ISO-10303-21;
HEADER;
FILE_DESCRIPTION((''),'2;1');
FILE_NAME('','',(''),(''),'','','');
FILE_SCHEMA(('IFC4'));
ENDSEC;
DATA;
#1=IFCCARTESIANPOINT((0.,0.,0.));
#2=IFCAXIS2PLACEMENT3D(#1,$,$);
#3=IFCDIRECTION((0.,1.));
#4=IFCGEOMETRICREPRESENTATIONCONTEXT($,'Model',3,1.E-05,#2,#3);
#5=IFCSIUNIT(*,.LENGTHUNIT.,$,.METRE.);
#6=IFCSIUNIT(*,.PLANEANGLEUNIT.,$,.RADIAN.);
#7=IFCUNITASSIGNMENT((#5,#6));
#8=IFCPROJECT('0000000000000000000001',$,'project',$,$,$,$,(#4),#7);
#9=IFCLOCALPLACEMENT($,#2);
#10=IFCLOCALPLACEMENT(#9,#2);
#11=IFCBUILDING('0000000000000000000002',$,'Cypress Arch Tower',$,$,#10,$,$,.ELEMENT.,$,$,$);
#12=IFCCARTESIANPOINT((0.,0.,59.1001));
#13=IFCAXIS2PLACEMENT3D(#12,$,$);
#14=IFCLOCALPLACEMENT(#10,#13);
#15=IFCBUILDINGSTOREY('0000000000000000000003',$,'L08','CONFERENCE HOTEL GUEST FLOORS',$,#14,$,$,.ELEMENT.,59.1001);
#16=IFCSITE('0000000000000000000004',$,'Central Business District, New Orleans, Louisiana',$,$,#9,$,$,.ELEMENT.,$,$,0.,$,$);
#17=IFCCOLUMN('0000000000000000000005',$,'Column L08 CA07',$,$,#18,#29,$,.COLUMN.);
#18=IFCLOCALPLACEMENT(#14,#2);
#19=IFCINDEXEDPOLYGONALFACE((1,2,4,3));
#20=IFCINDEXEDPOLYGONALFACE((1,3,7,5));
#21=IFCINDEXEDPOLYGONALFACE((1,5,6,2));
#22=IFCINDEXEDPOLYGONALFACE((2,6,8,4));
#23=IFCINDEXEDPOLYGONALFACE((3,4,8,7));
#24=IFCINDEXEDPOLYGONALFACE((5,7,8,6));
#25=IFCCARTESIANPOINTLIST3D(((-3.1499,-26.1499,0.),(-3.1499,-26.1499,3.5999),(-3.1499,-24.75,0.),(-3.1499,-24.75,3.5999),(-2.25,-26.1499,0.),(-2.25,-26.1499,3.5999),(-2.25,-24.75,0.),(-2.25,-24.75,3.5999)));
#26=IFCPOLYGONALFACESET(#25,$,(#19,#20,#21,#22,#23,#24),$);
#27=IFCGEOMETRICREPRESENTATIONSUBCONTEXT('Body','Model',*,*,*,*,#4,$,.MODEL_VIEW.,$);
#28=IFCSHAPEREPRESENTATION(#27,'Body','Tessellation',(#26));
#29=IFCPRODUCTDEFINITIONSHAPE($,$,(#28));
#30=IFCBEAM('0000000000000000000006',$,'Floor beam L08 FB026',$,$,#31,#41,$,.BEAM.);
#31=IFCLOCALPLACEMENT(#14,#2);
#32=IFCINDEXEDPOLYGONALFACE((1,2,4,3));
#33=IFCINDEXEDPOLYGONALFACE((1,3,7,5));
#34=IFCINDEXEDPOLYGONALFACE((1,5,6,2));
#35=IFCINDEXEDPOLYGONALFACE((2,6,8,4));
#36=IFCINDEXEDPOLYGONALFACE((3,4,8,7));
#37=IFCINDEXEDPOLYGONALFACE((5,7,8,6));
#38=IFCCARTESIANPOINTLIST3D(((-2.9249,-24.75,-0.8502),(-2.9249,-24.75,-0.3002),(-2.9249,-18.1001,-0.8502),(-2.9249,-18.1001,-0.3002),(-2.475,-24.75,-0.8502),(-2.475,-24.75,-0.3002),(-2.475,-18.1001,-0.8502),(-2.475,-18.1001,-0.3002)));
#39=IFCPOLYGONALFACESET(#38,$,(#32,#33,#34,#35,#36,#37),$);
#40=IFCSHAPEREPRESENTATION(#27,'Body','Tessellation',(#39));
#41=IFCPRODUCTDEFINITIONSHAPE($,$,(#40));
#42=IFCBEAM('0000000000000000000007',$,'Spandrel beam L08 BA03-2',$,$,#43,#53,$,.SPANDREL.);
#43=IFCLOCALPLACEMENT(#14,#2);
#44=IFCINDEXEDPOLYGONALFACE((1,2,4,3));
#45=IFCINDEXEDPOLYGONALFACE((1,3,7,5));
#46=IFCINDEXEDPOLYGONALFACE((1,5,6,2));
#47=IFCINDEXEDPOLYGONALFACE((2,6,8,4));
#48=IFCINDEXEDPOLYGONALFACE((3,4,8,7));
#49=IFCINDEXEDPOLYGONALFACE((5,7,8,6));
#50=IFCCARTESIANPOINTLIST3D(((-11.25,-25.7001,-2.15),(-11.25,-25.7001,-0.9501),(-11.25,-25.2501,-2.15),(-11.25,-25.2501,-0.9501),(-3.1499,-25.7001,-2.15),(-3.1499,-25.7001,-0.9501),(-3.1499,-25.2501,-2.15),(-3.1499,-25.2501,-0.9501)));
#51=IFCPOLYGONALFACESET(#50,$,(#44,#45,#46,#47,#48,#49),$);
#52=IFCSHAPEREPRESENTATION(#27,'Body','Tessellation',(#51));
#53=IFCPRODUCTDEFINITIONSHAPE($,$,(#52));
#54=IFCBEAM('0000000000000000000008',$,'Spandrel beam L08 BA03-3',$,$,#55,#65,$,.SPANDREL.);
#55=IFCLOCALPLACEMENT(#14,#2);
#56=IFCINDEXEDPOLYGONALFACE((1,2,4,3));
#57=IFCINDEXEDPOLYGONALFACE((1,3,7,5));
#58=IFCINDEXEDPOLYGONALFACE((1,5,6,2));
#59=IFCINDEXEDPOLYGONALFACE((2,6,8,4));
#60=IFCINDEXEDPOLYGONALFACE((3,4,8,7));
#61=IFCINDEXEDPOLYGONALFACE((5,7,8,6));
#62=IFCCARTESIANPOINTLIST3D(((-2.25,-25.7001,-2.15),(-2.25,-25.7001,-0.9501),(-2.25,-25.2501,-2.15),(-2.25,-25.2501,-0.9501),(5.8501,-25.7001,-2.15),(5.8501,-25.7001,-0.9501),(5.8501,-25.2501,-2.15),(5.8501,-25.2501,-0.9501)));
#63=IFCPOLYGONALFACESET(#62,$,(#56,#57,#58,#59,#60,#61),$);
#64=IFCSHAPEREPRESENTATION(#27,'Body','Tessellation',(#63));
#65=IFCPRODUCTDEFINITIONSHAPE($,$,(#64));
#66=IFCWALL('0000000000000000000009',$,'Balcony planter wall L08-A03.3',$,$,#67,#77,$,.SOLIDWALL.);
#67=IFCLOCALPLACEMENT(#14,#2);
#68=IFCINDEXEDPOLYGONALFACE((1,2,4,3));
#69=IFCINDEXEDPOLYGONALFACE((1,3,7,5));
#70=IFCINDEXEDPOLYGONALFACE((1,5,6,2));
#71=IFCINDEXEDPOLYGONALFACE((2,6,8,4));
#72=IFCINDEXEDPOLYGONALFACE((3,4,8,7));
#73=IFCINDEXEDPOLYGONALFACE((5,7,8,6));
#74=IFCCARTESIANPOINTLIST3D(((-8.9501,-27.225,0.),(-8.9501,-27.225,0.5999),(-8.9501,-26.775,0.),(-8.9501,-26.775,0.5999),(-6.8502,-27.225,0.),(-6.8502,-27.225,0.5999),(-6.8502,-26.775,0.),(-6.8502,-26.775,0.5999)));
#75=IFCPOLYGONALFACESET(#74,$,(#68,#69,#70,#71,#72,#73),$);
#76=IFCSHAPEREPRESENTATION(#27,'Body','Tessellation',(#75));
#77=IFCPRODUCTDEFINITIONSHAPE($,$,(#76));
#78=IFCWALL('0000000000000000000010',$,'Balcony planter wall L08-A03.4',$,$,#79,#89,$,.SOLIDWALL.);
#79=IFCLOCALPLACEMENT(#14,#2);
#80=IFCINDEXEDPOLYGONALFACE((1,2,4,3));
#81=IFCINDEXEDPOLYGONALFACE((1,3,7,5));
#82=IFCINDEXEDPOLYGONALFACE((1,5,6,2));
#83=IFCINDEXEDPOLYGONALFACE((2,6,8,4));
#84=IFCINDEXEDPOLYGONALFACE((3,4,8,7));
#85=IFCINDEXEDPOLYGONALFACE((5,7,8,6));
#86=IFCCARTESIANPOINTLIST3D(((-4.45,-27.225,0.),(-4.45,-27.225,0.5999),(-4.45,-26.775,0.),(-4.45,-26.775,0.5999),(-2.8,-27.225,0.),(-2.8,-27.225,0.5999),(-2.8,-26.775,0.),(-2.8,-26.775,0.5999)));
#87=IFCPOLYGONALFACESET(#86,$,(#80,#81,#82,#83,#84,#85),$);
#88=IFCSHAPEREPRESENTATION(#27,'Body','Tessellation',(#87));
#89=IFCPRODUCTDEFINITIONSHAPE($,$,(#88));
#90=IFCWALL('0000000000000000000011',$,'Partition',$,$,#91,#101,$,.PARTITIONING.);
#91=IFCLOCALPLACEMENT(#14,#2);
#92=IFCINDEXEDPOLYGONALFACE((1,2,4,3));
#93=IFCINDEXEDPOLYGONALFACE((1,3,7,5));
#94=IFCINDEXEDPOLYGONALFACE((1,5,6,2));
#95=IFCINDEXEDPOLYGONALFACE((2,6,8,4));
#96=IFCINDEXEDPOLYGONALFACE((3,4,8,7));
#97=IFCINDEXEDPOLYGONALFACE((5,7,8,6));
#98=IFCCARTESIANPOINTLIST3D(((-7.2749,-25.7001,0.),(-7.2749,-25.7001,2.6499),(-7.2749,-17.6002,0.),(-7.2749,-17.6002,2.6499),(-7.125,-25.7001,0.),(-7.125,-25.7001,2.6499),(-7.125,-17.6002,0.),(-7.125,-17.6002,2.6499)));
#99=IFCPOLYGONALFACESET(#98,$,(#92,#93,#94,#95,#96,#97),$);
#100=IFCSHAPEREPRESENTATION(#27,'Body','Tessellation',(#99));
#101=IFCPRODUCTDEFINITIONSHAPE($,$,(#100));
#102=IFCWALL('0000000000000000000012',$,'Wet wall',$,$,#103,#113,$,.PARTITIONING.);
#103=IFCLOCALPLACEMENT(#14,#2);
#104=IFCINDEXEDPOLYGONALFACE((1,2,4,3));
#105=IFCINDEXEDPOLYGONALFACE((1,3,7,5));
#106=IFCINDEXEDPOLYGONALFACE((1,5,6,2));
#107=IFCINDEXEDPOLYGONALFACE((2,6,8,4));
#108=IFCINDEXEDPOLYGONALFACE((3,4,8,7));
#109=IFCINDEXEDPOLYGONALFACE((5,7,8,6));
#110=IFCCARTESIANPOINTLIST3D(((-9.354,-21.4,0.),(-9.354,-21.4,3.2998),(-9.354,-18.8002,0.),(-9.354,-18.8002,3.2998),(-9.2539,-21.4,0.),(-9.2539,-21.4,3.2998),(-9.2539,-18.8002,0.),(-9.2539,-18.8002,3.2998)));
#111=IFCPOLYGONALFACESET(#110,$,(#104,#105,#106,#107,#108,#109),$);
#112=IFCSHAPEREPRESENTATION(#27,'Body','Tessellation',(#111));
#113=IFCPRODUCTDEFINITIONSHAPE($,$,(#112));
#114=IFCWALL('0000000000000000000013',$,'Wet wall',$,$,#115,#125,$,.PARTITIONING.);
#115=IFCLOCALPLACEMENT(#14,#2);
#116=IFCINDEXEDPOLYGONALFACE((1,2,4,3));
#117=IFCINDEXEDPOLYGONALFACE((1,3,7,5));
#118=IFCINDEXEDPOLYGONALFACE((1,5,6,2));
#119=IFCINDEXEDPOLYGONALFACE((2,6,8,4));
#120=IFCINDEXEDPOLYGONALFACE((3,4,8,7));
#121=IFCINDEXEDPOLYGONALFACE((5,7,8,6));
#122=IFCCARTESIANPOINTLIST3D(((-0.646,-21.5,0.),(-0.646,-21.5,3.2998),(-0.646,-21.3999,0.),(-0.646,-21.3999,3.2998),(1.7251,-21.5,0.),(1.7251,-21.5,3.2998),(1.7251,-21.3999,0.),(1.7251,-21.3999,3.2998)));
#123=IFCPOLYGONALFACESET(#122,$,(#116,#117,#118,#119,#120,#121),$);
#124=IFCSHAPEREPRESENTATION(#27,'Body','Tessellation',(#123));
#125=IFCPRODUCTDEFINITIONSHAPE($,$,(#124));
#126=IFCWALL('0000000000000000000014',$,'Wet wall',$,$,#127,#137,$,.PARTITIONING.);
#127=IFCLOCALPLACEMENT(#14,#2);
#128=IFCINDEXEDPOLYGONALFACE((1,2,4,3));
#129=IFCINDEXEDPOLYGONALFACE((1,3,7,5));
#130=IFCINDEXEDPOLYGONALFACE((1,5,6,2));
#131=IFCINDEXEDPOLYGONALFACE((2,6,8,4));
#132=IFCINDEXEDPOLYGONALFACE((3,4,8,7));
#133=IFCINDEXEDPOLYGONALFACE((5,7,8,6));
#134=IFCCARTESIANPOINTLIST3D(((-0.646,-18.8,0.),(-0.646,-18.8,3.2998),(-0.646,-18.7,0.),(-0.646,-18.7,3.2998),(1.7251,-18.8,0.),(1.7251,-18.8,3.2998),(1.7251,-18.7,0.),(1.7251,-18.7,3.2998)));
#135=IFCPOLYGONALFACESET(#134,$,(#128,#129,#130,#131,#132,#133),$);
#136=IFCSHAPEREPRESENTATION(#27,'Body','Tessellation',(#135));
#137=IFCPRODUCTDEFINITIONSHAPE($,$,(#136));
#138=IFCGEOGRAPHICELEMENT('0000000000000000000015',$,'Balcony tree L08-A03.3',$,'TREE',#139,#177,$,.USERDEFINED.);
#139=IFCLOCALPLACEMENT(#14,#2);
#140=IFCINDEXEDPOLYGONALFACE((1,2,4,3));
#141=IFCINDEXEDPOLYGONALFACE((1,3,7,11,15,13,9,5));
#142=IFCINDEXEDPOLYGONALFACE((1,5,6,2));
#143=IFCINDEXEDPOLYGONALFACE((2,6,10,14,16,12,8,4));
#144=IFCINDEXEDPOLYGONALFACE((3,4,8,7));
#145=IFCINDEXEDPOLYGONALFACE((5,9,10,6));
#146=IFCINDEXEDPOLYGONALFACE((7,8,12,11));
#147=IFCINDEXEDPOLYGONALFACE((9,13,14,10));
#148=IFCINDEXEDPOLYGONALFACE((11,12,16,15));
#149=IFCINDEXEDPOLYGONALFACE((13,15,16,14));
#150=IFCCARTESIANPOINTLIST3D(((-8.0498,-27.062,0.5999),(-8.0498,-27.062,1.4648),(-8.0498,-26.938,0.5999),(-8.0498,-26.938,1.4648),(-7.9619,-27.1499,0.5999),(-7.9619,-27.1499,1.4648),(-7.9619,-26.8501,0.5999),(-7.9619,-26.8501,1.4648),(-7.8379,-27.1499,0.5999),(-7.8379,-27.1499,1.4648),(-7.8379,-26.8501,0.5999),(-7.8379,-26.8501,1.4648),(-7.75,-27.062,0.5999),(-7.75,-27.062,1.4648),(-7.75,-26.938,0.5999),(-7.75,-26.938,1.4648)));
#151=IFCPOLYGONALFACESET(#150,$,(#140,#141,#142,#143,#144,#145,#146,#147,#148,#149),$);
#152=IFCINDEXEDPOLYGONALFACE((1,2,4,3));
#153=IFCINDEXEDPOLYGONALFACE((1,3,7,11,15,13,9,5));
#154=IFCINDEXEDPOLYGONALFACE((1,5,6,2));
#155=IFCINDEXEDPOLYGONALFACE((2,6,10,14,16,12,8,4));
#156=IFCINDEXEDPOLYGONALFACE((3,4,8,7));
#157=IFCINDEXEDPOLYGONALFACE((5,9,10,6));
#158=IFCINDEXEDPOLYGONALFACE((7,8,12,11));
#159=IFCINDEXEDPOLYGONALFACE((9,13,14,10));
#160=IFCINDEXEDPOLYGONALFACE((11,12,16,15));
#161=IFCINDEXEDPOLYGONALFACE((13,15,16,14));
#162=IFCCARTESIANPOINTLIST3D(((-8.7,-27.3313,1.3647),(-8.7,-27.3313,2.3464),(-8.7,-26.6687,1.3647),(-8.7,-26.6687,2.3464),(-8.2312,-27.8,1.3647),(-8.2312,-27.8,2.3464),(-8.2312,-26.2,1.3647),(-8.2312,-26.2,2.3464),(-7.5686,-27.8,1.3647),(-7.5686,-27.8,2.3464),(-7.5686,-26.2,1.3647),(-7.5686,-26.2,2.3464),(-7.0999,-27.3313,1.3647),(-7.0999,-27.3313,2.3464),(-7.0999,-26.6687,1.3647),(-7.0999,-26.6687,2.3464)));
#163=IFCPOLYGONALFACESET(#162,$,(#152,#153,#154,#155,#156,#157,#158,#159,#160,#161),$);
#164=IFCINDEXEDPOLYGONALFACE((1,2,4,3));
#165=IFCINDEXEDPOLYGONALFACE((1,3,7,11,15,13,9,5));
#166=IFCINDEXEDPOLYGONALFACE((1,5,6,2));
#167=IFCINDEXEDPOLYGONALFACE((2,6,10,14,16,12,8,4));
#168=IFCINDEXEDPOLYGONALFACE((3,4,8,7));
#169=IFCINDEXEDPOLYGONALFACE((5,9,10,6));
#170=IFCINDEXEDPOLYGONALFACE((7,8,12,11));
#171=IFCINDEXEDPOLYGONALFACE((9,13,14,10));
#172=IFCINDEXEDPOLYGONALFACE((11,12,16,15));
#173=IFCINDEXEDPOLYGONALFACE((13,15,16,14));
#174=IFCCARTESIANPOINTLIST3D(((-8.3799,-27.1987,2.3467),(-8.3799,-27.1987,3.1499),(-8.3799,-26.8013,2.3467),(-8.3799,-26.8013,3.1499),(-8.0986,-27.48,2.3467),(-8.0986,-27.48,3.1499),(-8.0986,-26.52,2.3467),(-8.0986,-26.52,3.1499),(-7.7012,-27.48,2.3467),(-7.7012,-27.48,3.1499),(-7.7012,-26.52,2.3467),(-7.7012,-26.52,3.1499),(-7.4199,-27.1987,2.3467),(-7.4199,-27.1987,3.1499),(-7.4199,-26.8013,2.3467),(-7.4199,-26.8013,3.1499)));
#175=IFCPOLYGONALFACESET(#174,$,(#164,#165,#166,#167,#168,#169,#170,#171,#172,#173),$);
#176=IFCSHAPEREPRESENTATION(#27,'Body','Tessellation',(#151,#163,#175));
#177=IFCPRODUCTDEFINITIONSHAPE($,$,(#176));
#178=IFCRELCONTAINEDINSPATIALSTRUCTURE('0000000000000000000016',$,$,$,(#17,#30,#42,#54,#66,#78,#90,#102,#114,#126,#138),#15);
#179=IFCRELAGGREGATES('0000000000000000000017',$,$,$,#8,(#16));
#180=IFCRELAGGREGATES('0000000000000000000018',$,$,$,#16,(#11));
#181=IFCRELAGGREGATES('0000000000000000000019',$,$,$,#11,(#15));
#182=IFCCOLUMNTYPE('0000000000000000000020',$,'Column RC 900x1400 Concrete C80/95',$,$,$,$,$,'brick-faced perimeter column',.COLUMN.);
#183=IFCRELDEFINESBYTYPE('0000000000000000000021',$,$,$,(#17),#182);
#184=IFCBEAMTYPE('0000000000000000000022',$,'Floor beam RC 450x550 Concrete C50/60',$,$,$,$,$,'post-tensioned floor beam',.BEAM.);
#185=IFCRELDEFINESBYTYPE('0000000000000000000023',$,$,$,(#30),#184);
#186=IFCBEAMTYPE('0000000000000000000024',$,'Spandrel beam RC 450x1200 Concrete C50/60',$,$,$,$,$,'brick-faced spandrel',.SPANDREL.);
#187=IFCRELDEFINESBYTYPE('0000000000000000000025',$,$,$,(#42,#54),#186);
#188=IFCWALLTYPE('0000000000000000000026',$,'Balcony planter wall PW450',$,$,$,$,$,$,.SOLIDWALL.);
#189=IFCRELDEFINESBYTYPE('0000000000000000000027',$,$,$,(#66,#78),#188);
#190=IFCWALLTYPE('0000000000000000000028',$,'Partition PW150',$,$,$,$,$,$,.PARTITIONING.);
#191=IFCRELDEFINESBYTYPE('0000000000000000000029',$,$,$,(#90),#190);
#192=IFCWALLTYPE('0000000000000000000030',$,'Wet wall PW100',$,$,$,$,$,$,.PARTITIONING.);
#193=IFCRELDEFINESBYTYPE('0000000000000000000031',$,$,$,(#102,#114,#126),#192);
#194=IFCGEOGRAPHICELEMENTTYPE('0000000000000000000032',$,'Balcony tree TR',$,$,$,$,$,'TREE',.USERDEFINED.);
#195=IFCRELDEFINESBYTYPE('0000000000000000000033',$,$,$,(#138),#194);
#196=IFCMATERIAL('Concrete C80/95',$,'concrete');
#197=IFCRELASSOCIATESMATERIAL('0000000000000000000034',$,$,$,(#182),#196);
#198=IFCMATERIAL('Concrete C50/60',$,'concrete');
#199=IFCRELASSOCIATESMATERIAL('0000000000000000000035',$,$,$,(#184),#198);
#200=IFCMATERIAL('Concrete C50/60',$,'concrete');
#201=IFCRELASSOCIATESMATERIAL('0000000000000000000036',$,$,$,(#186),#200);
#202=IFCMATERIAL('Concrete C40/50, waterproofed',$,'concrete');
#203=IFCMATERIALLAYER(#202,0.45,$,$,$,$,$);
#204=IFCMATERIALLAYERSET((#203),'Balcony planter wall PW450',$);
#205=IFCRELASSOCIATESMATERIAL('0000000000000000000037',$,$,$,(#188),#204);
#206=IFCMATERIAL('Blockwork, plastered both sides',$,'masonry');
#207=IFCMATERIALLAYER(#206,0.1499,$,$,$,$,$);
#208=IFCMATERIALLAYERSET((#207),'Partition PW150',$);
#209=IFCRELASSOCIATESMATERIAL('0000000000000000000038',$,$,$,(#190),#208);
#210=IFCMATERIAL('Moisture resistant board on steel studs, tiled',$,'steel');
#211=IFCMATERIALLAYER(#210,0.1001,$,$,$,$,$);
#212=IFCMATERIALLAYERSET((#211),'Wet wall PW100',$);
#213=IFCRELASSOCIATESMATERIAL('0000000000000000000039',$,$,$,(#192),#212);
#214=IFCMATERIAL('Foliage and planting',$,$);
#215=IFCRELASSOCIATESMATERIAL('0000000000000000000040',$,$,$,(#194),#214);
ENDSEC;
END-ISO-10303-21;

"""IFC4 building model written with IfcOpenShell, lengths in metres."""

from ifc_helpers import new_model, si_unit, direction, frame, frame_2d, origin, origin_2d, place, context, subcontext, project, spatial, polyline, rectangle, outline, extrude, material, layer, layer_set, material_profile, profile_set, type_object, element, save


model = new_model("IFC4")

# Units and contexts
model_context = context("Model", 3, precision=1e-05, world=origin(), true_north=direction((0.0, 1.0)))
body_context = subcontext(model_context, "Body", "Model", "MODEL_VIEW")
ifc_project = project(units=[si_unit("LENGTHUNIT", "METRE"), si_unit("PLANEANGLEUNIT", "RADIAN")], contexts=[model_context])

# Site, building, storey
site_placement = place(None, origin())
site = spatial("IfcSite", under=ifc_project, at=site_placement, Name="Central Business District, New Orleans, Louisiana", CompositionType="ELEMENT", RefElevation=0.0)
building_placement = place(site_placement, origin())
building = spatial("IfcBuilding", under=site, at=building_placement, Name="Cypress Arch Tower", CompositionType="ELEMENT")
storey_placement = place(building_placement, frame((0.0, 0.0, 59.1001)))
storey = spatial("IfcBuildingStorey", under=building, at=storey_placement, Name="L08", Description="CONFERENCE HOTEL GUEST FLOORS", CompositionType="ELEMENT", Elevation=59.1001)

# Column
ifc_material_1 = material(Name="Concrete C80/95", Category="concrete")
ifc_material_profile_1 = material_profile(ifc_material_1, rectangle(XDim=0.8999, YDim=1.3999, at=origin_2d()), Name="RC 900x1400")
ifc_profile_set_1 = profile_set([ifc_material_profile_1], Name="Concrete C80/95")
column_type = type_object("IfcColumnType", Name="Column RC 900x1400 Concrete C80/95", ElementType="brick-faced perimeter column", PredefinedType="COLUMN", material=ifc_profile_set_1)
column_placement = place(storey_placement, frame((-2.7, -25.45, 0.0), z_axis=(0.0, 0.0, 1.0), x_axis=(1.0, 0.0, 0.0)))
element("IfcColumn", 1, at=column_placement, inside=storey, type_object=column_type, Name="Column L08 CA07", PredefinedType="COLUMN", context=body_context, shape_type="SweptSolid", body=[
    extrude(rectangle(XDim=0.8999, YDim=1.3999, at=origin_2d()), origin(), (0.0, 0.0, 1.0), 3.5999),
])

# Beams
ifc_material_2 = material(Name="Concrete C50/60", Category="concrete")
ifc_material_profile_2 = material_profile(ifc_material_2, rectangle(XDim=0.45, YDim=0.55, at=origin_2d()), Name="RC 450x550")
ifc_profile_set_2 = profile_set([ifc_material_profile_2], Name="Concrete C50/60")
beam_type_1 = type_object("IfcBeamType", Name="Floor beam RC 450x550 Concrete C50/60", ElementType="post-tensioned floor beam", PredefinedType="BEAM", material=ifc_profile_set_2)
beam_placement = place(storey_placement, frame((-2.7, -24.75, -0.5752), z_axis=(0.0, 1.0, 0.0), x_axis=(-1.0, 0.0, 0.0)))
element("IfcBeam", 2, at=beam_placement, inside=storey, type_object=beam_type_1, Name="Floor beam L08 FB026", PredefinedType="BEAM", context=body_context, shape_type="SweptSolid", body=[
    extrude(rectangle(XDim=0.45, YDim=0.55, at=origin_2d()), origin(), (0.0, 0.0, 1.0), 6.6499),
])
ifc_material_3 = material(Name="Concrete C50/60", Category="concrete")
ifc_material_profile_3 = material_profile(ifc_material_3, rectangle(XDim=0.45, YDim=1.2, at=origin_2d()), Name="RC 450x1200")
ifc_profile_set_3 = profile_set([ifc_material_profile_3], Name="Concrete C50/60")
beam_type_2 = type_object("IfcBeamType", Name="Spandrel beam RC 450x1200 Concrete C50/60", ElementType="brick-faced spandrel", PredefinedType="SPANDREL", material=ifc_profile_set_3)
for number, where, z_axis, x_axis, name in (
    (3, (-11.25, -25.4751, -1.55), (1.0, 0.0, 0.0), (0.0, 1.0, 0.0), "Spandrel beam L08 BA03-2"),
    (4, (-2.25, -25.4751, -1.55), (1.0, 0.0, 0.0), (0.0, 1.0, 0.0), "Spandrel beam L08 BA03-3"),
):
    element("IfcBeam", number, at=place(storey_placement, frame(where, z_axis=z_axis, x_axis=x_axis)), inside=storey, type_object=beam_type_2, Name=name, PredefinedType="SPANDREL", context=body_context, shape_type="SweptSolid", body=[
        extrude(rectangle(XDim=0.45, YDim=1.2, at=origin_2d()), origin(), (0.0, 0.0, 1.0), 8.1001),
    ])

# Walls
ifc_material_4 = material(Name="Concrete C40/50, waterproofed", Category="concrete")
ifc_layer_1 = layer(ifc_material_4, 0.45)
ifc_layer_set_1 = layer_set([ifc_layer_1], Name="Balcony planter wall PW450")
wall_type_1 = type_object("IfcWallType", Name="Balcony planter wall PW450", PredefinedType="SOLIDWALL", material=ifc_layer_set_1)
wall_1_placement = place(storey_placement, frame((-8.95, -27.0, 0.0), z_axis=(0.0, 0.0, 1.0), x_axis=(1.0, 0.0, 0.0)))
element("IfcWall", 5, at=wall_1_placement, inside=storey, type_object=wall_type_1, Name="Balcony planter wall L08-A03.3", PredefinedType="SOLIDWALL", context=body_context, shape_type="SweptSolid", body=[
    extrude(rectangle(XDim=2.0999, YDim=0.45, at=frame_2d((1.0498, 0.0))), origin(), (0.0, 0.0, 1.0), 0.5999),
])
wall_2_placement = place(storey_placement, frame((-4.45, -27.0, 0.0), z_axis=(0.0, 0.0, 1.0), x_axis=(1.0, 0.0, 0.0)))
element("IfcWall", 6, at=wall_2_placement, inside=storey, type_object=wall_type_1, Name="Balcony planter wall L08-A03.4", PredefinedType="SOLIDWALL", context=body_context, shape_type="SweptSolid", body=[
    extrude(rectangle(XDim=1.6499, YDim=0.45, at=frame_2d((0.825, 0.0))), origin(), (0.0, 0.0, 1.0), 0.5999),
])

# Walls
ifc_material_5 = material(Name="Blockwork, plastered both sides", Category="masonry")
ifc_layer_2 = layer(ifc_material_5, 0.1499)
ifc_layer_set_2 = layer_set([ifc_layer_2], Name="Partition PW150")
wall_type_2 = type_object("IfcWallType", Name="Partition PW150", PredefinedType="PARTITIONING", material=ifc_layer_set_2)
wall_3_placement = place(storey_placement, frame((-7.2, -25.7, 0.0), z_axis=(0.0, 0.0, 1.0), x_axis=(0.0, 1.0, 0.0)))
element("IfcWall", 7, at=wall_3_placement, inside=storey, type_object=wall_type_2, Name="Partition", PredefinedType="PARTITIONING", context=body_context, shape_type="SweptSolid", body=[
    extrude(rectangle(XDim=8.0999, YDim=0.1499, at=frame_2d((4.0498, 0.0))), origin(), (0.0, 0.0, 1.0), 2.6499),
])
ifc_material_6 = material(Name="Moisture resistant board on steel studs, tiled", Category="steel")
ifc_layer_3 = layer(ifc_material_6, 0.1001)
ifc_layer_set_3 = layer_set([ifc_layer_3], Name="Wet wall PW100")
wall_type_3 = type_object("IfcWallType", Name="Wet wall PW100", PredefinedType="PARTITIONING", material=ifc_layer_set_3)
wall_4_placement = place(storey_placement, frame((-9.304, -21.3999, 0.0), z_axis=(0.0, 0.0, 1.0), x_axis=(0.0, 1.0, 0.0)))
element("IfcWall", 8, at=wall_4_placement, inside=storey, type_object=wall_type_3, Name="Wet wall", PredefinedType="PARTITIONING", context=body_context, shape_type="SweptSolid", body=[
    extrude(rectangle(XDim=2.5999, YDim=0.1001, at=frame_2d((1.2998, 0.0))), origin(), (0.0, 0.0, 1.0), 3.2998),
])
for number, where, z_axis, x_axis, name in (
    (9, (-0.646, -21.45, 0.0), (0.0, 0.0, 1.0), (1.0, 0.0, 0.0), "Wet wall"),
    (10, (-0.646, -18.75, 0.0), (0.0, 0.0, 1.0), (1.0, 0.0, 0.0), "Wet wall"),
):
    element("IfcWall", number, at=place(storey_placement, frame(where, z_axis=z_axis, x_axis=x_axis)), inside=storey, type_object=wall_type_3, Name=name, PredefinedType="PARTITIONING", context=body_context, shape_type="SweptSolid", body=[
        extrude(rectangle(XDim=2.3711, YDim=0.1001, at=frame_2d((1.1855, 0.0))), origin(), (0.0, 0.0, 1.0), 3.2998),
    ])

# Geographic element
ifc_material_7 = material(Name="Foliage and planting")
geographic_element_type = type_object("IfcGeographicElementType", Name="Balcony tree TR", ElementType="TREE", PredefinedType="USERDEFINED", material=ifc_material_7)
for number, where, z_axis, x_axis, name in (
    (11, (-7.8999, -27.0, 0.5999), (0.0, 0.0, 1.0), (1.0, 0.0, 0.0), "Balcony tree L08-A03.3"),
):
    element("IfcGeographicElement", number, at=place(storey_placement, frame(where, z_axis=z_axis, x_axis=x_axis)), inside=storey, type_object=geographic_element_type, Name=name, ObjectType="TREE", PredefinedType="USERDEFINED", context=body_context, shape_type="SweptSolid", body=[
        extrude(outline(polyline([(0.1499, 0.062), (0.062, 0.1499), (-0.062, 0.1499), (-0.1499, 0.062), (-0.1499, -0.062), (-0.062, -0.1499), (0.062, -0.1499), (0.1499, -0.062), (0.1499, 0.062)])), origin(), (0.0, 0.0, 1.0), 0.865),
        extrude(outline(polyline([(0.8, 0.3313), (0.3313, 0.8), (-0.3313, 0.8), (-0.8, 0.3313), (-0.8, -0.3313), (-0.3313, -0.8), (0.3313, -0.8), (0.8, -0.3313), (0.8, 0.3313)])), frame((0.0, 0.0, 0.7649)), (0.0, 0.0, 1.0), 0.9817),
        extrude(outline(polyline([(0.48, 0.1987), (0.1987, 0.48), (-0.1987, 0.48), (-0.48, 0.1987), (-0.48, -0.1987), (-0.1987, -0.48), (0.1987, -0.48), (0.48, -0.1987), (0.48, 0.1987)])), frame((0.0, 0.0, 1.7468)), (0.0, 0.0, 1.0), 0.8032),
    ])

save(model, "model.ifc")
